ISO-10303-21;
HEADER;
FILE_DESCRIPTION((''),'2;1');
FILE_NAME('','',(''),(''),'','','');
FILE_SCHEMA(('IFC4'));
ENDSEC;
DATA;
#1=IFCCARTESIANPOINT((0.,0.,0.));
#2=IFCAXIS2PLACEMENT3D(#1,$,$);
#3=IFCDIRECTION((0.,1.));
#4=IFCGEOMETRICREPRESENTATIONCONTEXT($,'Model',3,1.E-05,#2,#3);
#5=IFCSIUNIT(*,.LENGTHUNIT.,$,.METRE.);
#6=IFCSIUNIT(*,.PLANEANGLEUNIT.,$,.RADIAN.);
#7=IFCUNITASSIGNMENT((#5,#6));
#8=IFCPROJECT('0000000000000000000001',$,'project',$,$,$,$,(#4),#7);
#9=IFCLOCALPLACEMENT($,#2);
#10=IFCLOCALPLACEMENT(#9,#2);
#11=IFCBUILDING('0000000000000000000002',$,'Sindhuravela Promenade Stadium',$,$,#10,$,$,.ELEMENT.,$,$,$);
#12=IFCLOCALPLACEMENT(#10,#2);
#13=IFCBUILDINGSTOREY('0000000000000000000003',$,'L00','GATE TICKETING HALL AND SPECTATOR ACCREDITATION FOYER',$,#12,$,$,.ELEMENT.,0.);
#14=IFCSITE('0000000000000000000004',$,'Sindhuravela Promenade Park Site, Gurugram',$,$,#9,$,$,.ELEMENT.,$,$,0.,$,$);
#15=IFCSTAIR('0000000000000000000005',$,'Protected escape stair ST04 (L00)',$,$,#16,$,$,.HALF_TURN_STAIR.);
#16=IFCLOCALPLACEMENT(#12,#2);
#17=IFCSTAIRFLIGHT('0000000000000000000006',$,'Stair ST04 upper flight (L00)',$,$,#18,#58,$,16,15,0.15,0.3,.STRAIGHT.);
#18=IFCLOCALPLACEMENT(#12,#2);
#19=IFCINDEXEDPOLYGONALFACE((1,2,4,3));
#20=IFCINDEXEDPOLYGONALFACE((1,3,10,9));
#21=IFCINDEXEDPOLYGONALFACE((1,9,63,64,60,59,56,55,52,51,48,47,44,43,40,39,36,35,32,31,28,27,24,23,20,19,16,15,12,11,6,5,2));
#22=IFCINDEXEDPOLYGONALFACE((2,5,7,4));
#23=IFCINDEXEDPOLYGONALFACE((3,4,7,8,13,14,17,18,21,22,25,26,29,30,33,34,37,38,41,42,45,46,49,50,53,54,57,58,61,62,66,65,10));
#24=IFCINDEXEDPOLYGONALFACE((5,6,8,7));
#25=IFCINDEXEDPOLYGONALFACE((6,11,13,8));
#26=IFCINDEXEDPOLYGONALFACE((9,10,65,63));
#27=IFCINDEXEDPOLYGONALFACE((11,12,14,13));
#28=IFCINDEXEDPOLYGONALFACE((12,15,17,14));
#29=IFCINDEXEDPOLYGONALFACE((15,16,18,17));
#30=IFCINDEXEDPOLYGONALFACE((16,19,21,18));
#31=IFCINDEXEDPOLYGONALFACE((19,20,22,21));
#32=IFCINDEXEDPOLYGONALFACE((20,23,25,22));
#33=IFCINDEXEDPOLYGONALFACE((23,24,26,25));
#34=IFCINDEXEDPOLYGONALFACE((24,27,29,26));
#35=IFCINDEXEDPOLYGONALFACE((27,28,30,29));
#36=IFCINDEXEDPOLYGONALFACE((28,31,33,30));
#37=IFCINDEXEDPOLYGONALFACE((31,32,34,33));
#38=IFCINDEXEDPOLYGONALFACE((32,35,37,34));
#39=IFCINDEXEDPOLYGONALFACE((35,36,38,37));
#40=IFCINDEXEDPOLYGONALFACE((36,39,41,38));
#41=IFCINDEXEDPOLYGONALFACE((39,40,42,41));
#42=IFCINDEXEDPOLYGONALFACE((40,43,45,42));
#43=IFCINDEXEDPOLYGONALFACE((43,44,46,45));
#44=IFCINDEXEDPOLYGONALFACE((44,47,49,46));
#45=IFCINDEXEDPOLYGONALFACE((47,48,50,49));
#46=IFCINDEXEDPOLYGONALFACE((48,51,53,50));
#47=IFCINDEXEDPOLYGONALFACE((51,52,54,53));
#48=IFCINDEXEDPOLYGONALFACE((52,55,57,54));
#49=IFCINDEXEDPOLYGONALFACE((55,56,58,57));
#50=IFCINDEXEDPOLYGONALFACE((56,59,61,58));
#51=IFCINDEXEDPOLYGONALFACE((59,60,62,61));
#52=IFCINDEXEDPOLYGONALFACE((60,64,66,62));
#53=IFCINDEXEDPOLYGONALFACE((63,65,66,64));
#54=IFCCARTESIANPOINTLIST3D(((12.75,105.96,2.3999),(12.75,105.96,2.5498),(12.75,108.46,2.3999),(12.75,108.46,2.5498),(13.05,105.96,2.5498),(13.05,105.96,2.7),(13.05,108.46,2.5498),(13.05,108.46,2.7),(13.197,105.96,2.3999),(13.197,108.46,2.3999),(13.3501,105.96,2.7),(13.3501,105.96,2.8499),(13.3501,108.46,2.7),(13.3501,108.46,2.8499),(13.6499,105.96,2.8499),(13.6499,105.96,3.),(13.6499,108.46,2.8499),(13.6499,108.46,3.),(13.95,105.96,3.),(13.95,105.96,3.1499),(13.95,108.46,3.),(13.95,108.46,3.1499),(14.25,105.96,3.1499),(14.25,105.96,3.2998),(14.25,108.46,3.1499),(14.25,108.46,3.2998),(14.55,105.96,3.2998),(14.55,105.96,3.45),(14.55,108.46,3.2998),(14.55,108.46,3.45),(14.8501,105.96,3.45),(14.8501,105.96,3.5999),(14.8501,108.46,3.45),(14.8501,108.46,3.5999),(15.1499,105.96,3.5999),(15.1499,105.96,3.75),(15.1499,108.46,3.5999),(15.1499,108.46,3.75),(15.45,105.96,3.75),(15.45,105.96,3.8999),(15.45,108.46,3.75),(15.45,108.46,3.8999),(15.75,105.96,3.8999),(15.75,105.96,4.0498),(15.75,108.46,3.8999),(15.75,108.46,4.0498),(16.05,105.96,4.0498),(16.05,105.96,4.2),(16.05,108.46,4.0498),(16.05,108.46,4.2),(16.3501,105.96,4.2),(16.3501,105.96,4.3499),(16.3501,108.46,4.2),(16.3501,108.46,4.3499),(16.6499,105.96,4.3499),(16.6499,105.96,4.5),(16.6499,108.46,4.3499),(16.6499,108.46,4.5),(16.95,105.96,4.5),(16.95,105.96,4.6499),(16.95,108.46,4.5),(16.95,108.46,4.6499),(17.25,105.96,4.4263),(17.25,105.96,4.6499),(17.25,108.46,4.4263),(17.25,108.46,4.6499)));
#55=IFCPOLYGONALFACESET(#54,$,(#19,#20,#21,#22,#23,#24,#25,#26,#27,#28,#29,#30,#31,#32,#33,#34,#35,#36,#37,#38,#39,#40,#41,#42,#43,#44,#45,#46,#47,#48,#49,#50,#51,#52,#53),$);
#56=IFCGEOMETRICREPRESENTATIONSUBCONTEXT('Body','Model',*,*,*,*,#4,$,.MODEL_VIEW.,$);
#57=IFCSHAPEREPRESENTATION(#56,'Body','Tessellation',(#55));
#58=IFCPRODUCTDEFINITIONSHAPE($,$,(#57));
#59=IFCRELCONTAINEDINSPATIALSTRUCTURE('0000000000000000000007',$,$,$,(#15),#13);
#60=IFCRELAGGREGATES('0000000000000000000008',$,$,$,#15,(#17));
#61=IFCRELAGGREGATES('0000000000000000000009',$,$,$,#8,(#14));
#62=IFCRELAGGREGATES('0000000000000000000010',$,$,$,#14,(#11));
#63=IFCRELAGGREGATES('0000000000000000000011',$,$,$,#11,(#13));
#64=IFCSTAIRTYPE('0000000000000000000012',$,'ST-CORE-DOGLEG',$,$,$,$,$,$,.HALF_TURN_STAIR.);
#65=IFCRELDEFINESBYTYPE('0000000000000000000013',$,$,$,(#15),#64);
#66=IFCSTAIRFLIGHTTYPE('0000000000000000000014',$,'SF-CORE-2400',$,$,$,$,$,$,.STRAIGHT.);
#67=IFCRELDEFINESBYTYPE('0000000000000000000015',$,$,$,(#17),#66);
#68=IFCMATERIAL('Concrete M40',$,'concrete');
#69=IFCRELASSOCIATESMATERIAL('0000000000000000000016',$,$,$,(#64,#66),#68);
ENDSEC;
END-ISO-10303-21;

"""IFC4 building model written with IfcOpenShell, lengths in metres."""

from ifc_helpers import new_model, si_unit, direction, frame, origin, place, context, subcontext, project, spatial, polyline, outline, extrude, material, type_object, element, aggregate, save


model = new_model("IFC4")

# Units and contexts
model_context = context("Model", 3, precision=1e-05, world=origin(), true_north=direction((0.0, 1.0)))
body_context = subcontext(model_context, "Body", "Model", "MODEL_VIEW")
ifc_project = project(units=[si_unit("LENGTHUNIT", "METRE"), si_unit("PLANEANGLEUNIT", "RADIAN")], contexts=[model_context])

# Site, building, storey
site_placement = place(None, origin())
site = spatial("IfcSite", under=ifc_project, at=site_placement, Name="Sindhuravela Promenade Park Site, Gurugram", CompositionType="ELEMENT", RefElevation=0.0)
building_placement = place(site_placement, origin())
building = spatial("IfcBuilding", under=site, at=building_placement, Name="Sindhuravela Promenade Stadium", CompositionType="ELEMENT")
storey_placement = place(building_placement, origin())
storey = spatial("IfcBuildingStorey", under=building, at=storey_placement, Name="L00", Description="GATE TICKETING HALL AND SPECTATOR ACCREDITATION FOYER", CompositionType="ELEMENT", Elevation=0.0)

# Shared definitions
ifc_material_1 = material(Name="Concrete M40", Category="concrete")

# Stair, stair flight
stair_type = type_object("IfcStairType", Name="ST-CORE-DOGLEG", PredefinedType="HALF_TURN_STAIR", material=ifc_material_1)
stair_placement = place(storey_placement, origin())
stair = element("IfcStair", 1, at=stair_placement, inside=storey, type_object=stair_type, Name="Protected escape stair ST04 (L00)", PredefinedType="HALF_TURN_STAIR")
stair_flight_type = type_object("IfcStairFlightType", Name="SF-CORE-2400", PredefinedType="STRAIGHT", material=ifc_material_1)
stair_flight_1_placement = place(storey_placement, frame((12.75, 107.21, 2.3999), z_axis=(0.0, 0.0, 1.0), x_axis=(1.0, 0.0, 0.0)))
stair_flight_1 = element("IfcStairFlight", 2, at=stair_flight_1_placement, type_object=stair_flight_type, Name="Stair ST04 upper flight (L00)", NumberOfRisers=16, NumberOfTreads=15, PredefinedType="STRAIGHT", RiserHeight=0.15, TreadLength=0.3, context=body_context, shape_type="SweptSolid", body=[
    extrude(outline(polyline([(0.0, 0.0), (0.0, 0.1499), (0.3, 0.1499), (0.3, 0.3), (0.6001, 0.3), (0.6001, 0.45), (0.8999, 0.45), (0.8999, 0.6001), (1.2, 0.6001), (1.2, 0.75), (1.5, 0.75), (1.5, 0.8999), (1.8, 0.8999), (1.8, 1.05), (2.1001, 1.05), (2.1001, 1.2), (2.3999, 1.2), (2.3999, 1.3501), (2.7, 1.3501), (2.7, 1.5), (3.0, 1.5), (3.0, 1.6499), (3.3, 1.6499), (3.3, 1.8), (3.6001, 1.8), (3.6001, 1.95), (3.8999, 1.95), (3.8999, 2.1001), (4.2, 2.1001), (4.2, 2.25), (4.5, 2.25), (4.5, 2.3999), (4.5, 2.0264), (0.447, 0.0), (0.0, 0.0)])), frame((0.0, 1.25, 0.0), z_axis=(0.0, -1.0, 0.0), x_axis=(1.0, 0.0, 0.0)), (0.0, 0.0, 1.0), 2.5),
])
aggregate(stair, [stair_flight_1])

save(model, "model.ifc")
